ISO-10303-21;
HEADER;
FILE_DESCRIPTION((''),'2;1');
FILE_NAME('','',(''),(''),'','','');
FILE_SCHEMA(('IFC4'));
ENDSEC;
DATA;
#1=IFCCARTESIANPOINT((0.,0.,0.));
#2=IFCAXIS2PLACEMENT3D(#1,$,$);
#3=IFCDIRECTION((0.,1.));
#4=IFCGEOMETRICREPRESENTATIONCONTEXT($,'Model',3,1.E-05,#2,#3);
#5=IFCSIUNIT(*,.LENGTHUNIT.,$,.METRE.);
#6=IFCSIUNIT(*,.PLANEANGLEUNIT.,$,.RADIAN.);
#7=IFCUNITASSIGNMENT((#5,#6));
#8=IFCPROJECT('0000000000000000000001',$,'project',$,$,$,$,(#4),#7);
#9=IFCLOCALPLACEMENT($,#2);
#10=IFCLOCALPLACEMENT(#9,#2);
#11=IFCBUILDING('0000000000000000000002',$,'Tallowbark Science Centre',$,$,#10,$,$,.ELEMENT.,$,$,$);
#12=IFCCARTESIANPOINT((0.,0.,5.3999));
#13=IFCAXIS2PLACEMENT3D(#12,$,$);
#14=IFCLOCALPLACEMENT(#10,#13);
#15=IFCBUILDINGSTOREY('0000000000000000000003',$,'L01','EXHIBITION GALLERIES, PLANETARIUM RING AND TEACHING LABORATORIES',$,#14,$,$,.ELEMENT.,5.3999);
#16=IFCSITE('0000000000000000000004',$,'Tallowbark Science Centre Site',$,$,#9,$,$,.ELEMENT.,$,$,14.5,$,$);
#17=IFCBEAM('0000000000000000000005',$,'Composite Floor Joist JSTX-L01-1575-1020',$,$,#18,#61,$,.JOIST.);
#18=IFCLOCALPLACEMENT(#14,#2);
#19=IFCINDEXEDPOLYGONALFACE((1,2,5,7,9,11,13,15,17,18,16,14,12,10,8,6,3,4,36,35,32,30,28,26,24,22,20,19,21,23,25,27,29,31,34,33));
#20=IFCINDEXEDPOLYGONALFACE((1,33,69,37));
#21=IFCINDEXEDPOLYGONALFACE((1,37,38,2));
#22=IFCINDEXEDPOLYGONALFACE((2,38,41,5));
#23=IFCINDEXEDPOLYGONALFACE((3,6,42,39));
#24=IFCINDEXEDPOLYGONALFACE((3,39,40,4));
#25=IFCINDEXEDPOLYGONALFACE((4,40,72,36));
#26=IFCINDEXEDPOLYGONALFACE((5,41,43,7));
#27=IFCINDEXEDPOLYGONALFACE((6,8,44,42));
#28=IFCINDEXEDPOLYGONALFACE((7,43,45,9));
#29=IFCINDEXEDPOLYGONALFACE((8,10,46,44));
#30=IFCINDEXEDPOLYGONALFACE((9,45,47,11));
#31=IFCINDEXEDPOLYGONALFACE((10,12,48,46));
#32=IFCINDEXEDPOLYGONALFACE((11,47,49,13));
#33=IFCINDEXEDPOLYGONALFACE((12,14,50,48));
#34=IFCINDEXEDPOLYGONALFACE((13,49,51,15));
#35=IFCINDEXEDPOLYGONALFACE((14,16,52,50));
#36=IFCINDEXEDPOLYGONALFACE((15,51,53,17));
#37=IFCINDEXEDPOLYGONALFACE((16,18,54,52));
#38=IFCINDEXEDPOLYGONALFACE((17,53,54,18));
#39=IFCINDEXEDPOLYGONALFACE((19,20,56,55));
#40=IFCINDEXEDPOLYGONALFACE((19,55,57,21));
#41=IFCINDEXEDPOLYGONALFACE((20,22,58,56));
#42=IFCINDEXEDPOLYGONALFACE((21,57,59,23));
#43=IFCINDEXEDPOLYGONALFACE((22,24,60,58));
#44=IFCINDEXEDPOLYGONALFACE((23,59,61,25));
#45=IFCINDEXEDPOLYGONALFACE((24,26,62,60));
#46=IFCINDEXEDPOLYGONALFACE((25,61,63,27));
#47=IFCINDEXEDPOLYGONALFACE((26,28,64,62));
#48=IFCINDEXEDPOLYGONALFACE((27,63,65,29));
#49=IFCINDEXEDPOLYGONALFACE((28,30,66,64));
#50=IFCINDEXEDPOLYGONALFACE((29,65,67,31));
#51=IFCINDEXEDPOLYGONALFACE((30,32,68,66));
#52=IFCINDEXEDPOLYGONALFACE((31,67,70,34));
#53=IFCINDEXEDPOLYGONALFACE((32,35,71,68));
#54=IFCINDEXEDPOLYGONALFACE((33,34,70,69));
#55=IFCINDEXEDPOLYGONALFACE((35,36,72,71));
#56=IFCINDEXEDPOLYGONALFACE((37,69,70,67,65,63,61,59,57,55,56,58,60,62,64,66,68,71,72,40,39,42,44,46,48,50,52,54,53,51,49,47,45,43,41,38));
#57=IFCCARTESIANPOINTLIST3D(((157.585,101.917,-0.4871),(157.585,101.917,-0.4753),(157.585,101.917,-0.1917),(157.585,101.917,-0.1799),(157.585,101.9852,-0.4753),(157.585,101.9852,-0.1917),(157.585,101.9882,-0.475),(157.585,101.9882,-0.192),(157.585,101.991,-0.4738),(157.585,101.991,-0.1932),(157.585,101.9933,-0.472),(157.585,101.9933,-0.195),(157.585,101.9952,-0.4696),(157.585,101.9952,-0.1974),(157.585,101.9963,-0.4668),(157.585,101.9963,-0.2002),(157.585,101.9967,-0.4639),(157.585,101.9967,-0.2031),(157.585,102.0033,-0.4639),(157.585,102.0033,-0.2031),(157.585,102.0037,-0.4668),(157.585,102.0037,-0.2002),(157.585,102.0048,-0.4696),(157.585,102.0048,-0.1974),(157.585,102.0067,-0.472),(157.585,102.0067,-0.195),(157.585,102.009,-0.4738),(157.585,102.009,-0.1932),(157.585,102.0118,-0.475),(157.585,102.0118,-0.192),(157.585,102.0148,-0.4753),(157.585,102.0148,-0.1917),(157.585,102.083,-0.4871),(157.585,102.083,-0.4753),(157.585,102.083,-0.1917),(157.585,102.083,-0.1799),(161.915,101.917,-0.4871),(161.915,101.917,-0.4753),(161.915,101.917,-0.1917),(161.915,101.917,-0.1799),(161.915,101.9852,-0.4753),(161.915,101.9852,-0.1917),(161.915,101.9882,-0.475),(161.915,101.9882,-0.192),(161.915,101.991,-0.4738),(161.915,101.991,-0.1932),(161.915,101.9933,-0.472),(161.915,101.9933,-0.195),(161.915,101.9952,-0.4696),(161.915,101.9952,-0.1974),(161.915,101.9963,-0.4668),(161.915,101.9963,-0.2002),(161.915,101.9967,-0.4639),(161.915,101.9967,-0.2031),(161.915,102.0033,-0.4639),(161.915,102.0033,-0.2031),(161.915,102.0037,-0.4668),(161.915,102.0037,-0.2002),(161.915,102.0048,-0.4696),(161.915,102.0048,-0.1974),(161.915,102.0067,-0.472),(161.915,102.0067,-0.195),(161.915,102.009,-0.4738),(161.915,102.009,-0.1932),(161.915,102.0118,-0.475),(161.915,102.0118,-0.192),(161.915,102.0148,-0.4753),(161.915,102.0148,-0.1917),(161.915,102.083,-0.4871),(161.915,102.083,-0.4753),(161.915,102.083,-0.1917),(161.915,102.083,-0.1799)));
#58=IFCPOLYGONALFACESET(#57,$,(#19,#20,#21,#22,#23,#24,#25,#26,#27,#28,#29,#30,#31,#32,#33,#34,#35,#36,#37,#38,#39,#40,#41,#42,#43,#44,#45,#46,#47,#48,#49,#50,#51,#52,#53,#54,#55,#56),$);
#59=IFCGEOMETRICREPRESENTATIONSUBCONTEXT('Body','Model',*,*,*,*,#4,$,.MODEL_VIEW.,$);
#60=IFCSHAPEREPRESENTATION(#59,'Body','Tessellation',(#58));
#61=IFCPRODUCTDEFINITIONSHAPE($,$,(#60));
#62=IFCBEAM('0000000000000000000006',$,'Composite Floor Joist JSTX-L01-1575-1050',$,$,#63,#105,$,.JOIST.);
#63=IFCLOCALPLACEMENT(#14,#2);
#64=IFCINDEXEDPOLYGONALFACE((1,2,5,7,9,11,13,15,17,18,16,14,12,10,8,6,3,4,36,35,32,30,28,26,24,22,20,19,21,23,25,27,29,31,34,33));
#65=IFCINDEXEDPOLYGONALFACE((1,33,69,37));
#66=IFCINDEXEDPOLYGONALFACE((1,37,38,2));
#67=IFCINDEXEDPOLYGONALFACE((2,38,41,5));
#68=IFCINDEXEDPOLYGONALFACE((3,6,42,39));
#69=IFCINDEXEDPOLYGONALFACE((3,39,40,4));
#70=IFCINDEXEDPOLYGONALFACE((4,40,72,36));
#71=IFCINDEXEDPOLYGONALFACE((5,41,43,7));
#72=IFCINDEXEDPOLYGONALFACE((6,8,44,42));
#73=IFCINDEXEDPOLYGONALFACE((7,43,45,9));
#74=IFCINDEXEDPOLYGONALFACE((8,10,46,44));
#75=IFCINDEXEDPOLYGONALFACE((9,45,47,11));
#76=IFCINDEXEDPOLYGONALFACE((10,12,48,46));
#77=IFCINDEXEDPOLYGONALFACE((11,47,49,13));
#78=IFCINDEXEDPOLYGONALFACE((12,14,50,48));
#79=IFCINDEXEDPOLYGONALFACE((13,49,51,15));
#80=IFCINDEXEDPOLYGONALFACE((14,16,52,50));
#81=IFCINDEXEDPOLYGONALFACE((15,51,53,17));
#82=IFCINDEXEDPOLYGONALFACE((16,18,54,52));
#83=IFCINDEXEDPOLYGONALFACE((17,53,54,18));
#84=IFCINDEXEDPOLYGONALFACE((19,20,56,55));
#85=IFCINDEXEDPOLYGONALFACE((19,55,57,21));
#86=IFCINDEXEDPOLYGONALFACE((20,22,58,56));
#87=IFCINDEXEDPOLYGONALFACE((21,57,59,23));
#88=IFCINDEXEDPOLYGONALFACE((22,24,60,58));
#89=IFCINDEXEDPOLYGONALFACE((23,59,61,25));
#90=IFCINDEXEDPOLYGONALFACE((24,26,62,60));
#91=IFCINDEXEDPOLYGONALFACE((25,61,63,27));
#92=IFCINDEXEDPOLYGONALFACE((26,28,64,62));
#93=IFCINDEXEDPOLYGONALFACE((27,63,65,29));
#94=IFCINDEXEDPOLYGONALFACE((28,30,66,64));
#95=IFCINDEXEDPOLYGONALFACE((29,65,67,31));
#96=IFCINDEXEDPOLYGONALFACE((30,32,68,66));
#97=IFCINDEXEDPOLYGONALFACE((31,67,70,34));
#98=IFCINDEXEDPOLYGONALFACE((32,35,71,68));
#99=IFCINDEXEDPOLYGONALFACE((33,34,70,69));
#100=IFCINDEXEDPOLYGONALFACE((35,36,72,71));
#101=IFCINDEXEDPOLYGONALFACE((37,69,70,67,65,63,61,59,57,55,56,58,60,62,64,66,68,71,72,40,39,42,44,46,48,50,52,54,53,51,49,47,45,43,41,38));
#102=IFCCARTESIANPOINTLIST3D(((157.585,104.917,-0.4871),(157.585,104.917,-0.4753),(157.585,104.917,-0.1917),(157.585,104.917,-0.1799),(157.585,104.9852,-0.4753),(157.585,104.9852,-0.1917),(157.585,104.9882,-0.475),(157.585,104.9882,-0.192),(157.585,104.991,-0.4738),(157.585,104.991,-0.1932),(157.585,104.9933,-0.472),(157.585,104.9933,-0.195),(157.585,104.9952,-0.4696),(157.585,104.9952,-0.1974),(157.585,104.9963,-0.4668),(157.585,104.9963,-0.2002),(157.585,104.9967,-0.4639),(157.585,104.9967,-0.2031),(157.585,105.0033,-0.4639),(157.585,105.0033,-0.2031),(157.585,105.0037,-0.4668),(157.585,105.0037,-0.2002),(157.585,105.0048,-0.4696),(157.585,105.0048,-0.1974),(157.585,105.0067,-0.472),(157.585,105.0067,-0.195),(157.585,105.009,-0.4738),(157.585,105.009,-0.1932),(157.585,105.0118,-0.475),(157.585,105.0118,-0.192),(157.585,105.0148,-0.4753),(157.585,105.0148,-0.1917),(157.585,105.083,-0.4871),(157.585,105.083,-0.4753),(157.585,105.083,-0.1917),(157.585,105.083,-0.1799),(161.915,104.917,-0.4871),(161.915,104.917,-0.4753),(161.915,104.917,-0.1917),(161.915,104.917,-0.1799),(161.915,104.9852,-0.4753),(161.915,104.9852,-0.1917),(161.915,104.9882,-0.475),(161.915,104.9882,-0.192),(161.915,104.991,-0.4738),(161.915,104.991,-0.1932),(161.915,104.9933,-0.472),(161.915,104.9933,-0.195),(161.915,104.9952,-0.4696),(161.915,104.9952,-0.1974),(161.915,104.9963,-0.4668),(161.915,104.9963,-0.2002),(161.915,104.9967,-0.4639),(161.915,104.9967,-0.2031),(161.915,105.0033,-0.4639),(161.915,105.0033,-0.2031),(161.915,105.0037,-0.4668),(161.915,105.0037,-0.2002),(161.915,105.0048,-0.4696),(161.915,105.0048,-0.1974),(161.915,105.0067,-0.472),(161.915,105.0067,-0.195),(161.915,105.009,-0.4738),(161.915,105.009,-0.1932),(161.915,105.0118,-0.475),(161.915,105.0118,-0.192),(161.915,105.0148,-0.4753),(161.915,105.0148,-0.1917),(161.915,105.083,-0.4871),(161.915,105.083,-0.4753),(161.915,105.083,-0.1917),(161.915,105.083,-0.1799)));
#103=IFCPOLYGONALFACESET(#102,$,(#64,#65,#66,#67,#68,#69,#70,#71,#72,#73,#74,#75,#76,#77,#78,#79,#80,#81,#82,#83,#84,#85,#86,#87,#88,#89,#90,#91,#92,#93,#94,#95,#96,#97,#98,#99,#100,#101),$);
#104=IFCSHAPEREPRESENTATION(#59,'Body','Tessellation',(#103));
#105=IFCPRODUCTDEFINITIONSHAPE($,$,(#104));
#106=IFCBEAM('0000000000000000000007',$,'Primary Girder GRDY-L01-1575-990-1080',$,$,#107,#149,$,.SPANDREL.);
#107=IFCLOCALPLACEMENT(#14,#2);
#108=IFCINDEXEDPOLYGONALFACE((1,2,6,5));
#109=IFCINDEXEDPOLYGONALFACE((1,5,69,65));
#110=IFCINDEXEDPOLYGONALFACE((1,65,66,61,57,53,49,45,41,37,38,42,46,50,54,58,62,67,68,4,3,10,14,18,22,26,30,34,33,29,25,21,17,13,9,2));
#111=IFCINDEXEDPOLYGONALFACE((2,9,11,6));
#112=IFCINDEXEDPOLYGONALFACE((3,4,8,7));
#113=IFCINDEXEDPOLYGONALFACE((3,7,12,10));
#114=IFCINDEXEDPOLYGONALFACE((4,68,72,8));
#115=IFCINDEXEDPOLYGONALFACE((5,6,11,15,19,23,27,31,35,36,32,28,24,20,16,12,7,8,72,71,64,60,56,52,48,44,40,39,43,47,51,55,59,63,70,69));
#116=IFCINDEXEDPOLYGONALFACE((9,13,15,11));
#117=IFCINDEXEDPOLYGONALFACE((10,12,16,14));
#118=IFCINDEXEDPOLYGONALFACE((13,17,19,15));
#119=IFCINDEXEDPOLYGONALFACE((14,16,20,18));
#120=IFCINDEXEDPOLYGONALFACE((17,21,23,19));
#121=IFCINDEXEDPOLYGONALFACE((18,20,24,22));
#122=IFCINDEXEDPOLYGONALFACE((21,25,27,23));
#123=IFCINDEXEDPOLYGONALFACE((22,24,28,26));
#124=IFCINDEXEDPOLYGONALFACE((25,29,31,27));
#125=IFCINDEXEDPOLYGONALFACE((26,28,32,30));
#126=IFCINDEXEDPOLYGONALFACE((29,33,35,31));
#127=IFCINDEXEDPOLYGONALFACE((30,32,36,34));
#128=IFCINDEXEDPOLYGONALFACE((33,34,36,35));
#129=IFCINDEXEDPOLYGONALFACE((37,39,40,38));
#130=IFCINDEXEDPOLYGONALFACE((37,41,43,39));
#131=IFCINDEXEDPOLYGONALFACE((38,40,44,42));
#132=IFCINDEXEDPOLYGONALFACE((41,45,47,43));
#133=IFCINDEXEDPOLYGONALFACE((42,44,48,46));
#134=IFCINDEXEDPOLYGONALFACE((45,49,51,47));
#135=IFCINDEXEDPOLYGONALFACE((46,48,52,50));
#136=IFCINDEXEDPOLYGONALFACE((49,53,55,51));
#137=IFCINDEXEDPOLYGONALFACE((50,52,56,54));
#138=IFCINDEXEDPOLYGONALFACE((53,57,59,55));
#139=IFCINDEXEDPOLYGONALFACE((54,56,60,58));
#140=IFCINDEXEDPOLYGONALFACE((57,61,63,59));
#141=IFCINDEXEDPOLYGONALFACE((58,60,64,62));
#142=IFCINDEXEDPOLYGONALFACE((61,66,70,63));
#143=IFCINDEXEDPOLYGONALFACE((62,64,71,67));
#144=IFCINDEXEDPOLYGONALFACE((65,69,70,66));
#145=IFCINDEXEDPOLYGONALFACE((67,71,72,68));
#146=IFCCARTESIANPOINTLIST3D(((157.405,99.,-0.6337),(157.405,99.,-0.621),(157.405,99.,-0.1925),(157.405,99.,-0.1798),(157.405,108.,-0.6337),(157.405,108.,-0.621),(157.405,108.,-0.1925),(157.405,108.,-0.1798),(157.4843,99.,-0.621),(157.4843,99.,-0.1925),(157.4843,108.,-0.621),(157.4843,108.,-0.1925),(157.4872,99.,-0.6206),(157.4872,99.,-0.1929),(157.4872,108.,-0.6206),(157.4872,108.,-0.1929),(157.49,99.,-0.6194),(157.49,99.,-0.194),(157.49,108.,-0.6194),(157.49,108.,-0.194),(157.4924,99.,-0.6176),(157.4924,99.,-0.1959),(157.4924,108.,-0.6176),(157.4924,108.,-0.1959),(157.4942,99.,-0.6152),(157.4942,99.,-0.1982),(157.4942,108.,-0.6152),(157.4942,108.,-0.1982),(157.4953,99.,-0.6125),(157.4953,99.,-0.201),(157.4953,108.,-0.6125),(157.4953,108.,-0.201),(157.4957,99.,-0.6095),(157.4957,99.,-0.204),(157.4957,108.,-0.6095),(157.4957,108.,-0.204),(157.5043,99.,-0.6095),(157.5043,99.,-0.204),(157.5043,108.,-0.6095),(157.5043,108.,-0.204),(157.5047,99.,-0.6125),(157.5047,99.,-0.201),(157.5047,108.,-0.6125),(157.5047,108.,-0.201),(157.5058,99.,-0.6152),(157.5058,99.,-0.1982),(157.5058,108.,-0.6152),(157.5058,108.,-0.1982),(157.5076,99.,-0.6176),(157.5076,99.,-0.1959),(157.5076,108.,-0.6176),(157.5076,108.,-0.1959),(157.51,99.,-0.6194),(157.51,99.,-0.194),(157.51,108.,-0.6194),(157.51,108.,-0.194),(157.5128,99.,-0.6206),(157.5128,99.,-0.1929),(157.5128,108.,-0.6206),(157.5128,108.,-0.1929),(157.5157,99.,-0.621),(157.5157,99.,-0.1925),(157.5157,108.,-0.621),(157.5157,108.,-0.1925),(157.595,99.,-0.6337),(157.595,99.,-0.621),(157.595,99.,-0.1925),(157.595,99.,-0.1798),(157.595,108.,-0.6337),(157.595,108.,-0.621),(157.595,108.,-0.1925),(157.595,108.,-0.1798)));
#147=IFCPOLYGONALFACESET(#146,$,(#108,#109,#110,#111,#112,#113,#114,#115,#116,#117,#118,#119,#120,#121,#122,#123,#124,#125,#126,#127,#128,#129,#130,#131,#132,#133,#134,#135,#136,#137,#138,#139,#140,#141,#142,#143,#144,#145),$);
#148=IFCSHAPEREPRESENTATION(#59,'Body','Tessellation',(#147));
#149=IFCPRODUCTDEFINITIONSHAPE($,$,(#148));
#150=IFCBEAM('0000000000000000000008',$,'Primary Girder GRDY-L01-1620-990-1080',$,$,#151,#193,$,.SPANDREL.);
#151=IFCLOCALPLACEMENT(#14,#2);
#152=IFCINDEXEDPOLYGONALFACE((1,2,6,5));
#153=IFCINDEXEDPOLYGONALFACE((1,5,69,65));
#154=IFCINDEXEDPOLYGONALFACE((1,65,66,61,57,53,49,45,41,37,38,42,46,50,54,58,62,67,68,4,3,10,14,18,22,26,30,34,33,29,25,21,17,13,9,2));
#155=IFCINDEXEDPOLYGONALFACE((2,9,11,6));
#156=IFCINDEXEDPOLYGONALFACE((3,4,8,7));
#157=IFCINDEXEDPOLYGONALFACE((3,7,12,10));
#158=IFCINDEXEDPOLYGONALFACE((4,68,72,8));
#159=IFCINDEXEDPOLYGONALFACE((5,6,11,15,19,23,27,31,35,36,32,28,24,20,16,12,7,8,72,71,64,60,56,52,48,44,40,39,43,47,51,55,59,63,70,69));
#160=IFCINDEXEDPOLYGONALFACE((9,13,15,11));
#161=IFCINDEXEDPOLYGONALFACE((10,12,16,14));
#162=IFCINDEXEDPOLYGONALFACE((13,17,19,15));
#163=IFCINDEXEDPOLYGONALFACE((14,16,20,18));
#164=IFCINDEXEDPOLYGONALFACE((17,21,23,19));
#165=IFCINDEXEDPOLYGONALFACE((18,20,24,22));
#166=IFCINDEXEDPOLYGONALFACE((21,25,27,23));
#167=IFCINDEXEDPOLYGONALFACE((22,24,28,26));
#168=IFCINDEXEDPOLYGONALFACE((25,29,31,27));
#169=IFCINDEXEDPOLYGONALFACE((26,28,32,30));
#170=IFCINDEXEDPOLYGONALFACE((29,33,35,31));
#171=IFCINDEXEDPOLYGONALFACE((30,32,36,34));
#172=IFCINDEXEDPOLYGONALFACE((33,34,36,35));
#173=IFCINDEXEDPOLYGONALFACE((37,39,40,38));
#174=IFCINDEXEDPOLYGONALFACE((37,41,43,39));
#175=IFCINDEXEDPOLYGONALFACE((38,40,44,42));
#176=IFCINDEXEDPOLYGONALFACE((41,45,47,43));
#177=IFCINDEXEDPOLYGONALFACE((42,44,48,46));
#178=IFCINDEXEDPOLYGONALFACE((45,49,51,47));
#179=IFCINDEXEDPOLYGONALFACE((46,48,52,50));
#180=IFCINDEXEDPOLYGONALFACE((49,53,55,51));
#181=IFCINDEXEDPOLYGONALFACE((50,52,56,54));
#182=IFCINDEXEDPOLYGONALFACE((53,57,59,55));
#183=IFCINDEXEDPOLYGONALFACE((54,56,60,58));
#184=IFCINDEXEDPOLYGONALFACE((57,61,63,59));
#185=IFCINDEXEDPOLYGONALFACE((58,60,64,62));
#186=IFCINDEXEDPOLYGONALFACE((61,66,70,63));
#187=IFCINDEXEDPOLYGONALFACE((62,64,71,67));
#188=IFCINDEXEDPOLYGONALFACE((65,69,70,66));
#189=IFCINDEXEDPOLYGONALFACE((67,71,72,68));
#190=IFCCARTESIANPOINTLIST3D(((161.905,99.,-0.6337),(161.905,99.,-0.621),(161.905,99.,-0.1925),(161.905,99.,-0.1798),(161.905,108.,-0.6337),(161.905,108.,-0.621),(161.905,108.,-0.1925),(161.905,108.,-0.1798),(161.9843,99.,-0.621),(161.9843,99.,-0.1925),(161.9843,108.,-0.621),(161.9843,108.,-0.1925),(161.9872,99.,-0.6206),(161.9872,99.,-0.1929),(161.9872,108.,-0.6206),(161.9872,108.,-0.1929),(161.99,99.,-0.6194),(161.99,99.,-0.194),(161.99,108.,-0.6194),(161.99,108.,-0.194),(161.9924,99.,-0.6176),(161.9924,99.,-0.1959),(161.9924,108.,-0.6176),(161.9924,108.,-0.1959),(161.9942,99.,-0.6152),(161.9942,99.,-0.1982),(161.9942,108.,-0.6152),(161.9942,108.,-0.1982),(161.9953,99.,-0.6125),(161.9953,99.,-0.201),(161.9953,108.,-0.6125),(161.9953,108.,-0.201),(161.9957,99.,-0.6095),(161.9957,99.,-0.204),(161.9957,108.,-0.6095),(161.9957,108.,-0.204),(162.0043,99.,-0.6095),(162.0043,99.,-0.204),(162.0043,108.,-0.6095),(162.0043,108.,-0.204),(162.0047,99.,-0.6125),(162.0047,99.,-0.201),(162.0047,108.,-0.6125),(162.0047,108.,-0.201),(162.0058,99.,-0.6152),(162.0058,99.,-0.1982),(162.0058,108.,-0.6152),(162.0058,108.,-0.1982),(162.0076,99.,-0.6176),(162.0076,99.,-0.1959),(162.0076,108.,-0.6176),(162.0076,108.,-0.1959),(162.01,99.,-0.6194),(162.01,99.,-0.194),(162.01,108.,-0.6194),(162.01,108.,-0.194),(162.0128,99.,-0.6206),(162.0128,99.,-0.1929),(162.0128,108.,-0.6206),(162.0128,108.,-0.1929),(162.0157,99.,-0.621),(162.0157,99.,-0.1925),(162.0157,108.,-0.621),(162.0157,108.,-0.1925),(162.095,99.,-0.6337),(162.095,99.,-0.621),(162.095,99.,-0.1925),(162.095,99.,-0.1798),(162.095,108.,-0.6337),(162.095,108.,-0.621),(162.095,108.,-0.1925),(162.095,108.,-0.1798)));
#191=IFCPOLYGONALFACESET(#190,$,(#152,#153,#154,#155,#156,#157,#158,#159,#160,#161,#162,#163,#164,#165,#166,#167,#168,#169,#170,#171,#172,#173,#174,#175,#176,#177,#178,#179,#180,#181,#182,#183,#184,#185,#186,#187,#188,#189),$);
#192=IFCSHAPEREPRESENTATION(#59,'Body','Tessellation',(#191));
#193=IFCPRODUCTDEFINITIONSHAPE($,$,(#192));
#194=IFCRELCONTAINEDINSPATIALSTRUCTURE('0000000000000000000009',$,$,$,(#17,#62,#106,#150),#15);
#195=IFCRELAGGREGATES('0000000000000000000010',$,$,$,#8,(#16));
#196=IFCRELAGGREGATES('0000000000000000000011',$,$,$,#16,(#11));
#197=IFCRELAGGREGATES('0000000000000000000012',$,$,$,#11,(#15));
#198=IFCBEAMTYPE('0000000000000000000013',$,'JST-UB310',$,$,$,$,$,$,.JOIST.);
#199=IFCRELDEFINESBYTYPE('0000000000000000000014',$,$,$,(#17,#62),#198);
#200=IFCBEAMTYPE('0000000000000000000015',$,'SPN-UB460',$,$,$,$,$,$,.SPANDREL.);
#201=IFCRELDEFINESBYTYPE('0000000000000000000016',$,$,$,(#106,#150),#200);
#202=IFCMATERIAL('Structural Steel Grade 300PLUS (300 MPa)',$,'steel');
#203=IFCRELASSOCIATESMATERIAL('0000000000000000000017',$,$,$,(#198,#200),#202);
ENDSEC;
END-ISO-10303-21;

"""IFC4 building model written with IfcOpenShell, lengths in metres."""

from ifc_helpers import new_model, si_unit, direction, frame, origin, origin_2d, place, context, subcontext, project, spatial, i_section, extrude, material, material_profile, profile_set, type_object, element, save


model = new_model("IFC4")

# Units and contexts
model_context = context("Model", 3, precision=1e-05, world=origin(), true_north=direction((0.0, 1.0)))
body_context = subcontext(model_context, "Body", "Model", "MODEL_VIEW")
ifc_project = project(units=[si_unit("LENGTHUNIT", "METRE"), si_unit("PLANEANGLEUNIT", "RADIAN")], contexts=[model_context])

# Site, building, storey
site_placement = place(None, origin())
site = spatial("IfcSite", under=ifc_project, at=site_placement, Name="Tallowbark Science Centre Site", CompositionType="ELEMENT", RefElevation=14.5)
building_placement = place(site_placement, origin())
building = spatial("IfcBuilding", under=site, at=building_placement, Name="Tallowbark Science Centre", CompositionType="ELEMENT")
storey_placement = place(building_placement, frame((0.0, 0.0, 5.3999)))
storey = spatial("IfcBuildingStorey", under=building, at=storey_placement, Name="L01", Description="EXHIBITION GALLERIES, PLANETARIUM RING AND TEACHING LABORATORIES", CompositionType="ELEMENT", Elevation=5.3999)

# Shared definitions
ifc_material_1 = material(Name="Structural Steel Grade 300PLUS (300 MPa)", Category="steel")

# Beams
ifc_material_profile_1 = material_profile(ifc_material_1, i_section(OverallWidth=0.166, OverallDepth=0.3071, WebThickness=0.0066, FlangeThickness=0.0117, FilletRadius=0.0115, at=origin_2d()), Name="310UB46.2")
ifc_profile_set_1 = profile_set([ifc_material_profile_1], Name="Structural Steel Grade 300PLUS (300 MPa)")
beam_type_1 = type_object("IfcBeamType", Name="JST-UB310", PredefinedType="JOIST", material=ifc_profile_set_1)
for number, where, z_axis, x_axis, name in (
    (1, (157.585, 102.0, -0.3335), (1.0, 0.0, 0.0), (0.0, 1.0, 0.0), "Composite Floor Joist JSTX-L01-1575-1020"),
    (2, (157.585, 105.0, -0.3335), (1.0, 0.0, 0.0), (0.0, 1.0, 0.0), "Composite Floor Joist JSTX-L01-1575-1050"),
):
    element("IfcBeam", number, at=place(storey_placement, frame(where, z_axis=z_axis, x_axis=x_axis)), inside=storey, type_object=beam_type_1, Name=name, PredefinedType="JOIST", context=body_context, shape_type="SweptSolid", body=[
        extrude(i_section(OverallWidth=0.166, OverallDepth=0.3071, WebThickness=0.0066, FlangeThickness=0.0117, FilletRadius=0.0115, at=origin_2d()), origin(), (0.0, 0.0, 1.0), 4.3301),
    ])
ifc_material_profile_2 = material_profile(ifc_material_1, i_section(OverallWidth=0.1899, OverallDepth=0.4539, WebThickness=0.0085, FlangeThickness=0.0127, FilletRadius=0.0115, at=origin_2d()), Name="460UB67.1")
ifc_profile_set_2 = profile_set([ifc_material_profile_2], Name="Structural Steel Grade 300PLUS (300 MPa)")
beam_type_2 = type_object("IfcBeamType", Name="SPN-UB460", PredefinedType="SPANDREL", material=ifc_profile_set_2)
for number, where, z_axis, x_axis, name in (
    (3, (157.5, 99.0, -0.4067), (0.0, 1.0, 0.0), (-1.0, 0.0, 0.0), "Primary Girder GRDY-L01-1575-990-1080"),
    (4, (162.0, 99.0, -0.4067), (0.0, 1.0, 0.0), (-1.0, 0.0, 0.0), "Primary Girder GRDY-L01-1620-990-1080"),
):
    element("IfcBeam", number, at=place(storey_placement, frame(where, z_axis=z_axis, x_axis=x_axis)), inside=storey, type_object=beam_type_2, Name=name, PredefinedType="SPANDREL", context=body_context, shape_type="SweptSolid", body=[
        extrude(i_section(OverallWidth=0.1899, OverallDepth=0.4539, WebThickness=0.0085, FlangeThickness=0.0127, FilletRadius=0.0115, at=origin_2d()), origin(), (0.0, 0.0, 1.0), 9.0),
    ])

save(model, "model.ifc")
